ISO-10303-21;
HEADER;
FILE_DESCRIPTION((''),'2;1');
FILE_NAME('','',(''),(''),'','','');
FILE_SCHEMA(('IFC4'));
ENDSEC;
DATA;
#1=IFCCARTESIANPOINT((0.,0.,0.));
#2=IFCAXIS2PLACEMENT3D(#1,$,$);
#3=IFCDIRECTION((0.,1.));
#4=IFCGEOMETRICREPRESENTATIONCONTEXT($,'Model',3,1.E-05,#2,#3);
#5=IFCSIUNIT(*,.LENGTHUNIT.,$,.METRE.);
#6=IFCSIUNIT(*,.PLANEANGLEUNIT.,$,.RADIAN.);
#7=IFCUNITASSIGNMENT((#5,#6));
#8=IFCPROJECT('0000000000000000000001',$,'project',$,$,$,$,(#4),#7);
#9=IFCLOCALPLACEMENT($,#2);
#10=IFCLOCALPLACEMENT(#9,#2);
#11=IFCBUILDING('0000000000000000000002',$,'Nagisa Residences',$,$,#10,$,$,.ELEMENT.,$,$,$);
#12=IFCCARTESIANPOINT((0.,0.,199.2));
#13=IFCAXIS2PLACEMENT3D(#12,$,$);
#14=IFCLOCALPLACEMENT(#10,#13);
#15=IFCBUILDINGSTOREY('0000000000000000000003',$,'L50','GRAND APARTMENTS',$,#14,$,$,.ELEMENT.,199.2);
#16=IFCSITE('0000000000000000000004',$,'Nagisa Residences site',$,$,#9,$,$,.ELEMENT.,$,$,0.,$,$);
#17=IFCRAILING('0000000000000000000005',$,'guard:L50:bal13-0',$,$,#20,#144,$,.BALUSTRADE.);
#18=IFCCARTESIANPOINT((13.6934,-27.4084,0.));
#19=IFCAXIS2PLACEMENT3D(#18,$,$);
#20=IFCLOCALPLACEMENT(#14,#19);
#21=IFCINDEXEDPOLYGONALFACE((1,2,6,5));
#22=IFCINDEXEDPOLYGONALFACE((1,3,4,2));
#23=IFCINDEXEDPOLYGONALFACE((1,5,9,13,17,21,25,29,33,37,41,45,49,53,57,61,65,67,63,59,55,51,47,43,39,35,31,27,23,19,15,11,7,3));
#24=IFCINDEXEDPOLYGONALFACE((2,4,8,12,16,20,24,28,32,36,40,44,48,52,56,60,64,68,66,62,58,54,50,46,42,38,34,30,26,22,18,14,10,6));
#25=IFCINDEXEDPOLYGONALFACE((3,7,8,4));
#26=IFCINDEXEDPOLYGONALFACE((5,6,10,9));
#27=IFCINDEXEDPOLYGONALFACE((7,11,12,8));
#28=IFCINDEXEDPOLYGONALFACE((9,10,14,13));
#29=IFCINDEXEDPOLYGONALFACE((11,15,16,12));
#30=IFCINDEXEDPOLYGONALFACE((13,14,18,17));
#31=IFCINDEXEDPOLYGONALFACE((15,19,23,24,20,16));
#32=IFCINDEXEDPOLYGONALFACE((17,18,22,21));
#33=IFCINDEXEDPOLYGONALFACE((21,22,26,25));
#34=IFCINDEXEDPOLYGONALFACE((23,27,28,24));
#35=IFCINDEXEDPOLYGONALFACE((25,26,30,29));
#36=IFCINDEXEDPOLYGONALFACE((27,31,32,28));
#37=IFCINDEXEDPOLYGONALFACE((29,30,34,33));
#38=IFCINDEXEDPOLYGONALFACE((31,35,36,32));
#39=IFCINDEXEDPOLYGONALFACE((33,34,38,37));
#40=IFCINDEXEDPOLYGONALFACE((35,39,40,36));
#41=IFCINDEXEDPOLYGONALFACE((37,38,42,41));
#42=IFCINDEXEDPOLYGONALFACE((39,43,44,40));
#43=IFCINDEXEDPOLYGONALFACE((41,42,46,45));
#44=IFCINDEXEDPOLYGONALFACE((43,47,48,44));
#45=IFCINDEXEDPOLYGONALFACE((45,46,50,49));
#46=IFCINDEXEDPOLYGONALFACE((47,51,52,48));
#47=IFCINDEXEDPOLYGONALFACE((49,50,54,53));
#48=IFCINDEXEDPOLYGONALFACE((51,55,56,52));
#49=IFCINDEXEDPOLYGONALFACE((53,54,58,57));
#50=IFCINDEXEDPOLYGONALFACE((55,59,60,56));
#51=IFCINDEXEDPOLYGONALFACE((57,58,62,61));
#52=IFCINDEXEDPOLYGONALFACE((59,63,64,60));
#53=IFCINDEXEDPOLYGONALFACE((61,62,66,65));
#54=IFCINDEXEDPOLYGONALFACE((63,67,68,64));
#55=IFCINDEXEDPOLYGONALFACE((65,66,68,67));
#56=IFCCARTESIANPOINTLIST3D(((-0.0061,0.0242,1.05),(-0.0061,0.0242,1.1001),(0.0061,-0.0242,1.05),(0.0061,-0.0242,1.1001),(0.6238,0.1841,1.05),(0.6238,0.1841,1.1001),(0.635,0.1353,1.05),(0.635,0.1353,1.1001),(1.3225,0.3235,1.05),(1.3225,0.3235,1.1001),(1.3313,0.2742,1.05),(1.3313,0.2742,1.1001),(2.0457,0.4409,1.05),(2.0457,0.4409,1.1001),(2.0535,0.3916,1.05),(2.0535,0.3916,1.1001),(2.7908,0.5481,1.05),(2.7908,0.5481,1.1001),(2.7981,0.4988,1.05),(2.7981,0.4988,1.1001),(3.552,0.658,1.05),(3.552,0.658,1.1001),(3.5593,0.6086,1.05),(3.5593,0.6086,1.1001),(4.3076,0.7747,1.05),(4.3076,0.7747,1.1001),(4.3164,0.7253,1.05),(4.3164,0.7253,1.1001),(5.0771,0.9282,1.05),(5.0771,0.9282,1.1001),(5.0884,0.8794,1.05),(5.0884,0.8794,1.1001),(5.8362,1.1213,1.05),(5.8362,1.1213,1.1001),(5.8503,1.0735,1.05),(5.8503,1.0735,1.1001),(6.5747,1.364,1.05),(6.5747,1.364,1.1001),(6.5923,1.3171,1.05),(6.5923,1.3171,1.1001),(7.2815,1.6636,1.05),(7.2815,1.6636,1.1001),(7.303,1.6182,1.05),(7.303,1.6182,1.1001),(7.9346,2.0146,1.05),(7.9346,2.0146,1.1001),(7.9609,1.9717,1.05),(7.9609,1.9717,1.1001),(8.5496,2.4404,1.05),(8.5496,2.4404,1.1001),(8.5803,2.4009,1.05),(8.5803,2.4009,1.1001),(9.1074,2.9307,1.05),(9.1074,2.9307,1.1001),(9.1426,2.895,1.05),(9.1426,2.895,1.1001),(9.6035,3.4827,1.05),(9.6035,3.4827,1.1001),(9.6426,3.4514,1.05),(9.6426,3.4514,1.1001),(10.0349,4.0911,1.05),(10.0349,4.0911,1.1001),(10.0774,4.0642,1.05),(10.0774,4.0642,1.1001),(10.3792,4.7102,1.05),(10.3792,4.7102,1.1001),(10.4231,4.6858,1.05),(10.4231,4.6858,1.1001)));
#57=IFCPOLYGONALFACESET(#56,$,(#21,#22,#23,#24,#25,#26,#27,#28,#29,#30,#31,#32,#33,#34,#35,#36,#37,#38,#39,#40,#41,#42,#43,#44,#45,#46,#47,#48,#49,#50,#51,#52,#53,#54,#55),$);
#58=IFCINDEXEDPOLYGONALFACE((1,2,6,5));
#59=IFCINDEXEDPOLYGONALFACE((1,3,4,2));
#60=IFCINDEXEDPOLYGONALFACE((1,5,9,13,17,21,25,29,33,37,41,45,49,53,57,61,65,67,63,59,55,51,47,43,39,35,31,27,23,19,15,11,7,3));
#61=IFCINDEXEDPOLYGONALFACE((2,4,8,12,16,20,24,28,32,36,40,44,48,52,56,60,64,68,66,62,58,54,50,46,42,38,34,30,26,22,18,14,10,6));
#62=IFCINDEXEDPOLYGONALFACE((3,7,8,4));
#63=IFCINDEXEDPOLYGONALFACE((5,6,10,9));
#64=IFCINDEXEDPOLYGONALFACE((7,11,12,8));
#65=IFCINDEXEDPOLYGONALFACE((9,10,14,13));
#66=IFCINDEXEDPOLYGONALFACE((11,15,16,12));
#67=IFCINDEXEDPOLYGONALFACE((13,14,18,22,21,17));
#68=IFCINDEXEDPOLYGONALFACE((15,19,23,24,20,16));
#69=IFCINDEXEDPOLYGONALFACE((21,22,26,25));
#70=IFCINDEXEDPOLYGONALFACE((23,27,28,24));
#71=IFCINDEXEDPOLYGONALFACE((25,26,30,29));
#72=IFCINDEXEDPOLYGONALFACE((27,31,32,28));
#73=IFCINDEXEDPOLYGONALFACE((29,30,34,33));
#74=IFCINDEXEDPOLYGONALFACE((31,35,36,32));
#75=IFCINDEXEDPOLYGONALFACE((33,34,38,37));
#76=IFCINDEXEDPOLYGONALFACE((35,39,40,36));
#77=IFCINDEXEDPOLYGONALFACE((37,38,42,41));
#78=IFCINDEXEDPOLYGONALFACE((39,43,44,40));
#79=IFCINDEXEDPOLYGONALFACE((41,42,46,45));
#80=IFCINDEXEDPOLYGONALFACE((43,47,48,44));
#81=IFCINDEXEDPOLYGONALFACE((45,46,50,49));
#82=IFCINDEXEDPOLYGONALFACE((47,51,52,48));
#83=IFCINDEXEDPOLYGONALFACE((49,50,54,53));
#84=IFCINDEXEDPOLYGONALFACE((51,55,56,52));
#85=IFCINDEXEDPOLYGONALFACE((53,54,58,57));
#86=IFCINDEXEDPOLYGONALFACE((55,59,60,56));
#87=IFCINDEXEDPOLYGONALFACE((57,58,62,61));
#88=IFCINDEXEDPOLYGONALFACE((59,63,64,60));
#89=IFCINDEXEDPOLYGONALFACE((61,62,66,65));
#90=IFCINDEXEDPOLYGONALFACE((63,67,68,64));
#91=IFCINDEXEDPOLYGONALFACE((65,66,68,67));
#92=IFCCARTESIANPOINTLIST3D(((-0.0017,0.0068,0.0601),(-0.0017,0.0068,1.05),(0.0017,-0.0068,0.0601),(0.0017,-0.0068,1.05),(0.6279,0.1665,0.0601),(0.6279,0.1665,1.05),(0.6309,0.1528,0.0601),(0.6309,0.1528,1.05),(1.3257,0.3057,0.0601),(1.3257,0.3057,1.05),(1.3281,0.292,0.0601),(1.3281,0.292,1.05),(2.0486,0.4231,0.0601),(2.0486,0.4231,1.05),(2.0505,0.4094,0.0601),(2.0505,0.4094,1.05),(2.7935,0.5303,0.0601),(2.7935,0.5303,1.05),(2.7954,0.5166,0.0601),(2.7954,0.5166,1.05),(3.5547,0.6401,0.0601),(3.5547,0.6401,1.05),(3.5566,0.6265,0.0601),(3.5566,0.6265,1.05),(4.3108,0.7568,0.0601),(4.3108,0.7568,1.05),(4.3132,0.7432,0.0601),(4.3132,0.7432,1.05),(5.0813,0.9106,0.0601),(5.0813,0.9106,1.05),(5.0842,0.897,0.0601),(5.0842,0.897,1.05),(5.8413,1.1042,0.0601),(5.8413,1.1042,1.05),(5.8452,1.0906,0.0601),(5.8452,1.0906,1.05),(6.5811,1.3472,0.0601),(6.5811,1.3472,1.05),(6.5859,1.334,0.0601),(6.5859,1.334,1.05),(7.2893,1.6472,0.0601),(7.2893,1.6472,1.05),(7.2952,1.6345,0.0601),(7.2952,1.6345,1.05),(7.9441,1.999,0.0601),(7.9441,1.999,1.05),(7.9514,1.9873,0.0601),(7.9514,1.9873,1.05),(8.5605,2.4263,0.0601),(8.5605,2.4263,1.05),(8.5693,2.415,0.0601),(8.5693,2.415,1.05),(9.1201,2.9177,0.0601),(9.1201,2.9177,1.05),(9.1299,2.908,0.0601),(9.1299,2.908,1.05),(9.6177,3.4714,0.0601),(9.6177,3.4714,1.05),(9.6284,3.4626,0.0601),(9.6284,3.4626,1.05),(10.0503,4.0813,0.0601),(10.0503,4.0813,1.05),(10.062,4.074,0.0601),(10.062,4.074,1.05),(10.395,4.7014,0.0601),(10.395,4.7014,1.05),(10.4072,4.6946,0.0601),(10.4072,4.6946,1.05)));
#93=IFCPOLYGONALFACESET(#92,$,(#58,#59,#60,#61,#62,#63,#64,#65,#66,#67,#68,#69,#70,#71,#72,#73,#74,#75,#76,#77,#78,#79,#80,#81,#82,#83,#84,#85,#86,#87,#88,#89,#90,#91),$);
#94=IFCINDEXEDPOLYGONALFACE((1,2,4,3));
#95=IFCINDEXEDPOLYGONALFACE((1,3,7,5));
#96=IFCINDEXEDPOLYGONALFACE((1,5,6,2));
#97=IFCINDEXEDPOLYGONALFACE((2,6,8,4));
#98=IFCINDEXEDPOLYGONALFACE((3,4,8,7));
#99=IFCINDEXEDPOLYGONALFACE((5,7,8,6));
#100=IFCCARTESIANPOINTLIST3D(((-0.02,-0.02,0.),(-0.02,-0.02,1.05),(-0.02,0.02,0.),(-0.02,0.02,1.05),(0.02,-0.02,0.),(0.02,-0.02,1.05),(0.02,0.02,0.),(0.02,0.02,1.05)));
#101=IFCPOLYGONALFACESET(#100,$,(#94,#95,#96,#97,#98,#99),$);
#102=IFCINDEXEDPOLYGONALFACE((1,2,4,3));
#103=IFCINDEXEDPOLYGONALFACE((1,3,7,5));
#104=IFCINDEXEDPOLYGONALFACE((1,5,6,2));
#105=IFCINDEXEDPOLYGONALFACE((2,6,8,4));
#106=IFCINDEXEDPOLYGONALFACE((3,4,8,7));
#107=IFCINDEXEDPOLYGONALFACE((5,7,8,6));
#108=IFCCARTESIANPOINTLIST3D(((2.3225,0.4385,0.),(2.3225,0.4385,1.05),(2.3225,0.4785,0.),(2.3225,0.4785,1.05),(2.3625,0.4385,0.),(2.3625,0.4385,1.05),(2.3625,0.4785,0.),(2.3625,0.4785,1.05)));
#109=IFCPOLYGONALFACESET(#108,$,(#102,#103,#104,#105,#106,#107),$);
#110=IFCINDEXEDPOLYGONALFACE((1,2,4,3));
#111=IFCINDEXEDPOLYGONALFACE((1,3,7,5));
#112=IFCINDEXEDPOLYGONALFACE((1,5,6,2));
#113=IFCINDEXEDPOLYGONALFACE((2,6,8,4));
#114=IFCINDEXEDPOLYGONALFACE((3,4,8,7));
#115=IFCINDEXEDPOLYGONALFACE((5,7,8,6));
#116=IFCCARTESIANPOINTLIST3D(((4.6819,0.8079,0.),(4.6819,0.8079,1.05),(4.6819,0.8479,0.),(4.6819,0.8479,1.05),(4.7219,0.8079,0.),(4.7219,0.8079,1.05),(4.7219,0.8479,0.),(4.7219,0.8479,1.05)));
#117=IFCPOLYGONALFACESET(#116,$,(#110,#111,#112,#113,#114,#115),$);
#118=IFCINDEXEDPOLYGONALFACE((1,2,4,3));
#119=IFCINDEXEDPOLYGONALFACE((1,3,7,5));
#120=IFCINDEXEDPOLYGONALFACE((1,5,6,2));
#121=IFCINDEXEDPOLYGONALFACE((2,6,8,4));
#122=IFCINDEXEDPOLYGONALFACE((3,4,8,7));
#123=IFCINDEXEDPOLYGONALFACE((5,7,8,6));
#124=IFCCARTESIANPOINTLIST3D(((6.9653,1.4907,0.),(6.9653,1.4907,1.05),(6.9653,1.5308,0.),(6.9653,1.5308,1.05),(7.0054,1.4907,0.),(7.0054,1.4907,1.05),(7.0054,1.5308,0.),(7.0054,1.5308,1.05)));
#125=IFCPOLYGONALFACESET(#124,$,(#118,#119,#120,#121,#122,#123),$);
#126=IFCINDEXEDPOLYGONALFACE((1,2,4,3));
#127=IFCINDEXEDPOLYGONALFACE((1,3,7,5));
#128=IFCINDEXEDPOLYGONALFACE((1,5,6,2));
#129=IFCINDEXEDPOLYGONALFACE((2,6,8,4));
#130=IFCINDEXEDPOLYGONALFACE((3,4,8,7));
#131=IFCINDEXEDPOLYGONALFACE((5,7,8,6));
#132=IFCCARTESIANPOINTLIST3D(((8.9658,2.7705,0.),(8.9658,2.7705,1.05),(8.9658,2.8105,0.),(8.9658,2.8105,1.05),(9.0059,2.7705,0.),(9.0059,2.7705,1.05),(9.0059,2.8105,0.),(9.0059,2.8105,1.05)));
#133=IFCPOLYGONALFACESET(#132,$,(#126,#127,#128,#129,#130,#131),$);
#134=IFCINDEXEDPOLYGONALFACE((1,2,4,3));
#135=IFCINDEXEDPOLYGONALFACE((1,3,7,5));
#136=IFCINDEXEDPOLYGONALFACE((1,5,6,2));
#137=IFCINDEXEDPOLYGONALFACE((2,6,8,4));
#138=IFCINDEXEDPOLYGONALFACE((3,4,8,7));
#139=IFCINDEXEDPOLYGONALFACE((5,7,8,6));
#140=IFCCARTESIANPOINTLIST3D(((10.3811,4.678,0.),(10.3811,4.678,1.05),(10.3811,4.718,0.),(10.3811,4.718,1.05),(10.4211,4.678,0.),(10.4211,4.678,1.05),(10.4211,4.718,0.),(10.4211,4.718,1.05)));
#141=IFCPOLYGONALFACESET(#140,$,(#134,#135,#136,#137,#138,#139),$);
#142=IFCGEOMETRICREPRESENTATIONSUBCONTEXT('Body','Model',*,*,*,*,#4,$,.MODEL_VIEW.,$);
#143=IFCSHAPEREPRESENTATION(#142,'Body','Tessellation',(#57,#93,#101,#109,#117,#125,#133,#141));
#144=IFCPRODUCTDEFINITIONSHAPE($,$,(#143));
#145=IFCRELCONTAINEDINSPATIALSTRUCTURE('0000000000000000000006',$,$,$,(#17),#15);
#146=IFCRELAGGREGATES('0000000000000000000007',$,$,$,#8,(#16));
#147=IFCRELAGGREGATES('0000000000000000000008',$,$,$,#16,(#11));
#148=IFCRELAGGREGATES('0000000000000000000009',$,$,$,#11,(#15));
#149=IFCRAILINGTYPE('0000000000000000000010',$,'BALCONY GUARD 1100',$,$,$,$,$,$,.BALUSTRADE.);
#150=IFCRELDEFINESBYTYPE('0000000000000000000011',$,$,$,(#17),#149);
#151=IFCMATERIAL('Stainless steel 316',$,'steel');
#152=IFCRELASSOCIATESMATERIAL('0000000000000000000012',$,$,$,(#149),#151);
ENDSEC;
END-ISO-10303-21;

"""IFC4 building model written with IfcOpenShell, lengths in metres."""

from ifc_helpers import new_model, si_unit, direction, frame, origin, origin_2d, place, context, subcontext, project, spatial, polyline, rectangle, outline, extrude, material, type_object, element, save


model = new_model("IFC4")

# Units and contexts
model_context = context("Model", 3, precision=1e-05, world=origin(), true_north=direction((0.0, 1.0)))
body_context = subcontext(model_context, "Body", "Model", "MODEL_VIEW")
ifc_project = project(units=[si_unit("LENGTHUNIT", "METRE"), si_unit("PLANEANGLEUNIT", "RADIAN")], contexts=[model_context])

# Site, building, storey
site_placement = place(None, origin())
site = spatial("IfcSite", under=ifc_project, at=site_placement, Name="Nagisa Residences site", CompositionType="ELEMENT", RefElevation=0.0)
building_placement = place(site_placement, origin())
building = spatial("IfcBuilding", under=site, at=building_placement, Name="Nagisa Residences", CompositionType="ELEMENT")
storey_placement = place(building_placement, frame((0.0, 0.0, 199.2)))
storey = spatial("IfcBuildingStorey", under=building, at=storey_placement, Name="L50", Description="GRAND APARTMENTS", CompositionType="ELEMENT", Elevation=199.2)

# Railing
ifc_material_1 = material(Name="Stainless steel 316", Category="steel")
railing_type = type_object("IfcRailingType", Name="BALCONY GUARD 1100", PredefinedType="BALUSTRADE", material=ifc_material_1)
railing_1_placement = place(storey_placement, frame((13.6934, -27.4084, 0.0)))
element("IfcRailing", 1, at=railing_1_placement, inside=storey, type_object=railing_type, Name="guard:L50:bal13-0", PredefinedType="BALUSTRADE", context=body_context, shape_type="SweptSolid", body=[
    extrude(outline(polyline([(0.6238, 0.1841), (-0.0061, 0.0242), (0.0061, -0.0242), (0.635, 0.1353), (1.3313, 0.2742), (2.0535, 0.3916), (2.7981, 0.4988), (3.5593, 0.6086), (4.3164, 0.7253), (5.0884, 0.8794), (5.8503, 1.0735), (6.5923, 1.3171), (7.303, 1.6182), (7.9609, 1.9717), (8.5803, 2.4009), (9.1426, 2.895), (9.6426, 3.4514), (10.0774, 4.0642), (10.4231, 4.6858), (10.3792, 4.7102), (10.0349, 4.0911), (9.6035, 3.4827), (9.1074, 2.9307), (8.5496, 2.4404), (7.9346, 2.0146), (7.2815, 1.6636), (6.5747, 1.364), (5.8362, 1.1213), (5.0771, 0.9282), (4.3076, 0.7747), (3.552, 0.658), (2.7908, 0.5481), (2.0457, 0.4409), (1.3225, 0.3235), (0.6238, 0.1841)])), frame((0.0, 0.0, 1.05)), (0.0, 0.0, 1.0), 0.05),
    extrude(outline(polyline([(0.6279, 0.1665), (-0.0017, 0.0068), (0.0017, -0.0068), (0.6309, 0.1528), (1.3281, 0.292), (2.0505, 0.4094), (2.7954, 0.5166), (3.5566, 0.6265), (4.3132, 0.7432), (5.0842, 0.897), (5.8452, 1.0906), (6.5859, 1.334), (7.2952, 1.6345), (7.9514, 1.9873), (8.5693, 2.415), (9.1299, 2.908), (9.6284, 3.4626), (10.062, 4.074), (10.4072, 4.6946), (10.395, 4.7014), (10.0503, 4.0813), (9.6177, 3.4714), (9.1201, 2.9177), (8.5605, 2.4263), (7.9441, 1.999), (7.2893, 1.6472), (6.5811, 1.3472), (5.8413, 1.1042), (5.0813, 0.9106), (4.3108, 0.7568), (3.5547, 0.6401), (2.7935, 0.5303), (2.0486, 0.4231), (1.3257, 0.3057), (0.6279, 0.1665)])), frame((0.0, 0.0, 0.0601)), (0.0, 0.0, 1.0), 0.99),
    extrude(rectangle(XDim=0.04, YDim=0.04, at=origin_2d()), origin(), (0.0, 0.0, 1.0), 1.05),
    extrude(rectangle(XDim=0.04, YDim=0.04, at=origin_2d()), frame((2.3425, 0.4585, 0.0)), (0.0, 0.0, 1.0), 1.05),
    extrude(rectangle(XDim=0.04, YDim=0.04, at=origin_2d()), frame((4.7019, 0.8279, 0.0)), (0.0, 0.0, 1.0), 1.05),
    extrude(rectangle(XDim=0.04, YDim=0.04, at=origin_2d()), frame((6.9854, 1.5107, 0.0)), (0.0, 0.0, 1.0), 1.05),
    extrude(rectangle(XDim=0.04, YDim=0.04, at=origin_2d()), frame((8.9858, 2.7905, 0.0)), (0.0, 0.0, 1.0), 1.05),
    extrude(rectangle(XDim=0.04, YDim=0.04, at=origin_2d()), frame((10.4011, 4.698, 0.0)), (0.0, 0.0, 1.0), 1.05),
])

save(model, "model.ifc")
